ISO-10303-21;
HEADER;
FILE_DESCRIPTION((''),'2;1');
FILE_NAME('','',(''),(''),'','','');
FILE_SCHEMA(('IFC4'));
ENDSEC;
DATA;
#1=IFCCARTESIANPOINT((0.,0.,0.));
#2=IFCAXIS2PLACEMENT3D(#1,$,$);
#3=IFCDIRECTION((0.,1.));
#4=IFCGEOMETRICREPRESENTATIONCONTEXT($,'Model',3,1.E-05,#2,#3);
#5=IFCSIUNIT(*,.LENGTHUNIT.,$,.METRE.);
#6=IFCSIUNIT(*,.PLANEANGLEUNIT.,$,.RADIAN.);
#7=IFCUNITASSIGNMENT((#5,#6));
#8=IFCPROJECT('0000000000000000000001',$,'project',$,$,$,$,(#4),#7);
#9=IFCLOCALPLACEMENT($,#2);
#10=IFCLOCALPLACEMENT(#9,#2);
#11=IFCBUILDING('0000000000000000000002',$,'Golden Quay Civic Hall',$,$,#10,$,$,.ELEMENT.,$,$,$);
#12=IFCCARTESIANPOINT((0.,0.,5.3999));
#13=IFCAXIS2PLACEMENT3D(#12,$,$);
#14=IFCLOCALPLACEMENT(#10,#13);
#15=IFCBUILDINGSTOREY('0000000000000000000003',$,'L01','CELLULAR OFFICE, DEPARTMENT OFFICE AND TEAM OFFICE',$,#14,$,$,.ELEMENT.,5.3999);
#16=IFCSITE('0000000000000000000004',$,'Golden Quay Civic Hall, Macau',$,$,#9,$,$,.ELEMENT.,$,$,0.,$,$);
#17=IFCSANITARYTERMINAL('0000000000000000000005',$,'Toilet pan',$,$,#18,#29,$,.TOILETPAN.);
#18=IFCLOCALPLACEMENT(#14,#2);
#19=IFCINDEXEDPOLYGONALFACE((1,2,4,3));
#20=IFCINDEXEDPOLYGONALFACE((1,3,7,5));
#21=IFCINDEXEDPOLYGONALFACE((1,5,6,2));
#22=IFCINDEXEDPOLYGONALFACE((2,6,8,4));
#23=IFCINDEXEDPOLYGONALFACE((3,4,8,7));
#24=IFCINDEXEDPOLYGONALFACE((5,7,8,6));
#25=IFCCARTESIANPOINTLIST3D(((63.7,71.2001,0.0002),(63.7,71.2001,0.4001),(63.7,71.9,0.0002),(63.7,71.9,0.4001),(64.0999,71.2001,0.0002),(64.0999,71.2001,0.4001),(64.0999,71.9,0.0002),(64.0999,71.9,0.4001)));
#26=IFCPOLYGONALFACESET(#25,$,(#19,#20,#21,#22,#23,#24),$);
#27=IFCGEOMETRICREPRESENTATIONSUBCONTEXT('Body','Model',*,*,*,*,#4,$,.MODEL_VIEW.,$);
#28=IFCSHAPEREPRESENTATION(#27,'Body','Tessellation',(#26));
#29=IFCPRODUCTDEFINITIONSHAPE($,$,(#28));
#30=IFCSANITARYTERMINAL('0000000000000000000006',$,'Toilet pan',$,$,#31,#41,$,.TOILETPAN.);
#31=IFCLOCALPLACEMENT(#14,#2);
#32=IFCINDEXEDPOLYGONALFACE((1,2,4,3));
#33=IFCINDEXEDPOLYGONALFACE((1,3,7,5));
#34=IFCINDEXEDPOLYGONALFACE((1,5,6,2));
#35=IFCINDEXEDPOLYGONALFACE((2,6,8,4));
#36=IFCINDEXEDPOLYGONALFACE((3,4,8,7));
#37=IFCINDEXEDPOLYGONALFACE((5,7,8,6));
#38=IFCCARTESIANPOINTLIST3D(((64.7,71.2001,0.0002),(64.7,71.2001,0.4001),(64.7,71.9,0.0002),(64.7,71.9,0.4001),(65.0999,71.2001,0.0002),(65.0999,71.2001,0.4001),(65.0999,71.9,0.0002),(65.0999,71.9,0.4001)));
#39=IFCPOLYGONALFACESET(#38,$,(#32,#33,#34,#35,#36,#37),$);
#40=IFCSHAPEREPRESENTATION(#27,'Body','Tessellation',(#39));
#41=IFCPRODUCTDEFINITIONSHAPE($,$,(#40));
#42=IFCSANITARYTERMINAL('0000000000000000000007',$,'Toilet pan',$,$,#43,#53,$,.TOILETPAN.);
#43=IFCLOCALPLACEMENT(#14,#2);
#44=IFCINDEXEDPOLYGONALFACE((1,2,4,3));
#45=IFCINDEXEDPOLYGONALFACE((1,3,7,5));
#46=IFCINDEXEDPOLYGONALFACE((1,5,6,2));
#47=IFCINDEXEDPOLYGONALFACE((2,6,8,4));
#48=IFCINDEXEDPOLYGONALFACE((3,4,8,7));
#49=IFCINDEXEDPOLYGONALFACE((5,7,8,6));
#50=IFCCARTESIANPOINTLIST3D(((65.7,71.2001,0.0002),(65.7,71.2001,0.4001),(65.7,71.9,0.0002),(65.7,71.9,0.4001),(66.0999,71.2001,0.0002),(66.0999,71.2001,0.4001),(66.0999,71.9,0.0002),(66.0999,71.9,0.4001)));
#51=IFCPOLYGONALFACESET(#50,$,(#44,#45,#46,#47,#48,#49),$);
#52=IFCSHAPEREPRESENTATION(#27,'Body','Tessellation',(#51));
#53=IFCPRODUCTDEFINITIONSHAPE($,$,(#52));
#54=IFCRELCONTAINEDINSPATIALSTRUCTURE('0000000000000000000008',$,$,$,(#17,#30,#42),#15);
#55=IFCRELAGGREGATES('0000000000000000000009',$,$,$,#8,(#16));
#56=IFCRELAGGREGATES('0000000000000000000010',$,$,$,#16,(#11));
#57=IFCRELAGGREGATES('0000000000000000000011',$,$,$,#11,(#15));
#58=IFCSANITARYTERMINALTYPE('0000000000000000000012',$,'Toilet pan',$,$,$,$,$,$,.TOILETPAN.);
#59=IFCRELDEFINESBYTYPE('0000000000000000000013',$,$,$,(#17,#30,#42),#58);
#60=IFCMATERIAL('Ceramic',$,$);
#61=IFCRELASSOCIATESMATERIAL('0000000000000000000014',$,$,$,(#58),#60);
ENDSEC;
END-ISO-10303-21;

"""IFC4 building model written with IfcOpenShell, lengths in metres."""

from ifc_helpers import new_model, si_unit, direction, frame, origin, origin_2d, place, context, subcontext, project, spatial, rectangle, extrude, material, type_object, element, save


model = new_model("IFC4")

# Units and contexts
model_context = context("Model", 3, precision=1e-05, world=origin(), true_north=direction((0.0, 1.0)))
body_context = subcontext(model_context, "Body", "Model", "MODEL_VIEW")
ifc_project = project(units=[si_unit("LENGTHUNIT", "METRE"), si_unit("PLANEANGLEUNIT", "RADIAN")], contexts=[model_context])

# Site, building, storey
site_placement = place(None, origin())
site = spatial("IfcSite", under=ifc_project, at=site_placement, Name="Golden Quay Civic Hall, Macau", CompositionType="ELEMENT", RefElevation=0.0)
building_placement = place(site_placement, origin())
building = spatial("IfcBuilding", under=site, at=building_placement, Name="Golden Quay Civic Hall", CompositionType="ELEMENT")
storey_placement = place(building_placement, frame((0.0, 0.0, 5.3999)))
storey = spatial("IfcBuildingStorey", under=building, at=storey_placement, Name="L01", Description="CELLULAR OFFICE, DEPARTMENT OFFICE AND TEAM OFFICE", CompositionType="ELEMENT", Elevation=5.3999)

# Sanitary terminals
ifc_material_1 = material(Name="Ceramic")
sanitary_terminal_type = type_object("IfcSanitaryTerminalType", Name="Toilet pan", PredefinedType="TOILETPAN", material=ifc_material_1)
for number, where, z_axis, x_axis, name in (
    (1, (63.8999, 71.55, 0.0002), (0.0, 0.0, 1.0), (1.0, 0.0, 0.0), "Toilet pan"),
    (2, (64.8999, 71.55, 0.0002), (0.0, 0.0, 1.0), (1.0, 0.0, 0.0), "Toilet pan"),
    (3, (65.8999, 71.55, 0.0002), (0.0, 0.0, 1.0), (1.0, 0.0, 0.0), "Toilet pan"),
):
    element("IfcSanitaryTerminal", number, at=place(storey_placement, frame(where, z_axis=z_axis, x_axis=x_axis)), inside=storey, type_object=sanitary_terminal_type, Name=name, PredefinedType="TOILETPAN", context=body_context, shape_type="SweptSolid", body=[
        extrude(rectangle(XDim=0.3999, YDim=0.7, at=origin_2d()), origin(), (0.0, 0.0, 1.0), 0.3999),
    ])

save(model, "model.ifc")
